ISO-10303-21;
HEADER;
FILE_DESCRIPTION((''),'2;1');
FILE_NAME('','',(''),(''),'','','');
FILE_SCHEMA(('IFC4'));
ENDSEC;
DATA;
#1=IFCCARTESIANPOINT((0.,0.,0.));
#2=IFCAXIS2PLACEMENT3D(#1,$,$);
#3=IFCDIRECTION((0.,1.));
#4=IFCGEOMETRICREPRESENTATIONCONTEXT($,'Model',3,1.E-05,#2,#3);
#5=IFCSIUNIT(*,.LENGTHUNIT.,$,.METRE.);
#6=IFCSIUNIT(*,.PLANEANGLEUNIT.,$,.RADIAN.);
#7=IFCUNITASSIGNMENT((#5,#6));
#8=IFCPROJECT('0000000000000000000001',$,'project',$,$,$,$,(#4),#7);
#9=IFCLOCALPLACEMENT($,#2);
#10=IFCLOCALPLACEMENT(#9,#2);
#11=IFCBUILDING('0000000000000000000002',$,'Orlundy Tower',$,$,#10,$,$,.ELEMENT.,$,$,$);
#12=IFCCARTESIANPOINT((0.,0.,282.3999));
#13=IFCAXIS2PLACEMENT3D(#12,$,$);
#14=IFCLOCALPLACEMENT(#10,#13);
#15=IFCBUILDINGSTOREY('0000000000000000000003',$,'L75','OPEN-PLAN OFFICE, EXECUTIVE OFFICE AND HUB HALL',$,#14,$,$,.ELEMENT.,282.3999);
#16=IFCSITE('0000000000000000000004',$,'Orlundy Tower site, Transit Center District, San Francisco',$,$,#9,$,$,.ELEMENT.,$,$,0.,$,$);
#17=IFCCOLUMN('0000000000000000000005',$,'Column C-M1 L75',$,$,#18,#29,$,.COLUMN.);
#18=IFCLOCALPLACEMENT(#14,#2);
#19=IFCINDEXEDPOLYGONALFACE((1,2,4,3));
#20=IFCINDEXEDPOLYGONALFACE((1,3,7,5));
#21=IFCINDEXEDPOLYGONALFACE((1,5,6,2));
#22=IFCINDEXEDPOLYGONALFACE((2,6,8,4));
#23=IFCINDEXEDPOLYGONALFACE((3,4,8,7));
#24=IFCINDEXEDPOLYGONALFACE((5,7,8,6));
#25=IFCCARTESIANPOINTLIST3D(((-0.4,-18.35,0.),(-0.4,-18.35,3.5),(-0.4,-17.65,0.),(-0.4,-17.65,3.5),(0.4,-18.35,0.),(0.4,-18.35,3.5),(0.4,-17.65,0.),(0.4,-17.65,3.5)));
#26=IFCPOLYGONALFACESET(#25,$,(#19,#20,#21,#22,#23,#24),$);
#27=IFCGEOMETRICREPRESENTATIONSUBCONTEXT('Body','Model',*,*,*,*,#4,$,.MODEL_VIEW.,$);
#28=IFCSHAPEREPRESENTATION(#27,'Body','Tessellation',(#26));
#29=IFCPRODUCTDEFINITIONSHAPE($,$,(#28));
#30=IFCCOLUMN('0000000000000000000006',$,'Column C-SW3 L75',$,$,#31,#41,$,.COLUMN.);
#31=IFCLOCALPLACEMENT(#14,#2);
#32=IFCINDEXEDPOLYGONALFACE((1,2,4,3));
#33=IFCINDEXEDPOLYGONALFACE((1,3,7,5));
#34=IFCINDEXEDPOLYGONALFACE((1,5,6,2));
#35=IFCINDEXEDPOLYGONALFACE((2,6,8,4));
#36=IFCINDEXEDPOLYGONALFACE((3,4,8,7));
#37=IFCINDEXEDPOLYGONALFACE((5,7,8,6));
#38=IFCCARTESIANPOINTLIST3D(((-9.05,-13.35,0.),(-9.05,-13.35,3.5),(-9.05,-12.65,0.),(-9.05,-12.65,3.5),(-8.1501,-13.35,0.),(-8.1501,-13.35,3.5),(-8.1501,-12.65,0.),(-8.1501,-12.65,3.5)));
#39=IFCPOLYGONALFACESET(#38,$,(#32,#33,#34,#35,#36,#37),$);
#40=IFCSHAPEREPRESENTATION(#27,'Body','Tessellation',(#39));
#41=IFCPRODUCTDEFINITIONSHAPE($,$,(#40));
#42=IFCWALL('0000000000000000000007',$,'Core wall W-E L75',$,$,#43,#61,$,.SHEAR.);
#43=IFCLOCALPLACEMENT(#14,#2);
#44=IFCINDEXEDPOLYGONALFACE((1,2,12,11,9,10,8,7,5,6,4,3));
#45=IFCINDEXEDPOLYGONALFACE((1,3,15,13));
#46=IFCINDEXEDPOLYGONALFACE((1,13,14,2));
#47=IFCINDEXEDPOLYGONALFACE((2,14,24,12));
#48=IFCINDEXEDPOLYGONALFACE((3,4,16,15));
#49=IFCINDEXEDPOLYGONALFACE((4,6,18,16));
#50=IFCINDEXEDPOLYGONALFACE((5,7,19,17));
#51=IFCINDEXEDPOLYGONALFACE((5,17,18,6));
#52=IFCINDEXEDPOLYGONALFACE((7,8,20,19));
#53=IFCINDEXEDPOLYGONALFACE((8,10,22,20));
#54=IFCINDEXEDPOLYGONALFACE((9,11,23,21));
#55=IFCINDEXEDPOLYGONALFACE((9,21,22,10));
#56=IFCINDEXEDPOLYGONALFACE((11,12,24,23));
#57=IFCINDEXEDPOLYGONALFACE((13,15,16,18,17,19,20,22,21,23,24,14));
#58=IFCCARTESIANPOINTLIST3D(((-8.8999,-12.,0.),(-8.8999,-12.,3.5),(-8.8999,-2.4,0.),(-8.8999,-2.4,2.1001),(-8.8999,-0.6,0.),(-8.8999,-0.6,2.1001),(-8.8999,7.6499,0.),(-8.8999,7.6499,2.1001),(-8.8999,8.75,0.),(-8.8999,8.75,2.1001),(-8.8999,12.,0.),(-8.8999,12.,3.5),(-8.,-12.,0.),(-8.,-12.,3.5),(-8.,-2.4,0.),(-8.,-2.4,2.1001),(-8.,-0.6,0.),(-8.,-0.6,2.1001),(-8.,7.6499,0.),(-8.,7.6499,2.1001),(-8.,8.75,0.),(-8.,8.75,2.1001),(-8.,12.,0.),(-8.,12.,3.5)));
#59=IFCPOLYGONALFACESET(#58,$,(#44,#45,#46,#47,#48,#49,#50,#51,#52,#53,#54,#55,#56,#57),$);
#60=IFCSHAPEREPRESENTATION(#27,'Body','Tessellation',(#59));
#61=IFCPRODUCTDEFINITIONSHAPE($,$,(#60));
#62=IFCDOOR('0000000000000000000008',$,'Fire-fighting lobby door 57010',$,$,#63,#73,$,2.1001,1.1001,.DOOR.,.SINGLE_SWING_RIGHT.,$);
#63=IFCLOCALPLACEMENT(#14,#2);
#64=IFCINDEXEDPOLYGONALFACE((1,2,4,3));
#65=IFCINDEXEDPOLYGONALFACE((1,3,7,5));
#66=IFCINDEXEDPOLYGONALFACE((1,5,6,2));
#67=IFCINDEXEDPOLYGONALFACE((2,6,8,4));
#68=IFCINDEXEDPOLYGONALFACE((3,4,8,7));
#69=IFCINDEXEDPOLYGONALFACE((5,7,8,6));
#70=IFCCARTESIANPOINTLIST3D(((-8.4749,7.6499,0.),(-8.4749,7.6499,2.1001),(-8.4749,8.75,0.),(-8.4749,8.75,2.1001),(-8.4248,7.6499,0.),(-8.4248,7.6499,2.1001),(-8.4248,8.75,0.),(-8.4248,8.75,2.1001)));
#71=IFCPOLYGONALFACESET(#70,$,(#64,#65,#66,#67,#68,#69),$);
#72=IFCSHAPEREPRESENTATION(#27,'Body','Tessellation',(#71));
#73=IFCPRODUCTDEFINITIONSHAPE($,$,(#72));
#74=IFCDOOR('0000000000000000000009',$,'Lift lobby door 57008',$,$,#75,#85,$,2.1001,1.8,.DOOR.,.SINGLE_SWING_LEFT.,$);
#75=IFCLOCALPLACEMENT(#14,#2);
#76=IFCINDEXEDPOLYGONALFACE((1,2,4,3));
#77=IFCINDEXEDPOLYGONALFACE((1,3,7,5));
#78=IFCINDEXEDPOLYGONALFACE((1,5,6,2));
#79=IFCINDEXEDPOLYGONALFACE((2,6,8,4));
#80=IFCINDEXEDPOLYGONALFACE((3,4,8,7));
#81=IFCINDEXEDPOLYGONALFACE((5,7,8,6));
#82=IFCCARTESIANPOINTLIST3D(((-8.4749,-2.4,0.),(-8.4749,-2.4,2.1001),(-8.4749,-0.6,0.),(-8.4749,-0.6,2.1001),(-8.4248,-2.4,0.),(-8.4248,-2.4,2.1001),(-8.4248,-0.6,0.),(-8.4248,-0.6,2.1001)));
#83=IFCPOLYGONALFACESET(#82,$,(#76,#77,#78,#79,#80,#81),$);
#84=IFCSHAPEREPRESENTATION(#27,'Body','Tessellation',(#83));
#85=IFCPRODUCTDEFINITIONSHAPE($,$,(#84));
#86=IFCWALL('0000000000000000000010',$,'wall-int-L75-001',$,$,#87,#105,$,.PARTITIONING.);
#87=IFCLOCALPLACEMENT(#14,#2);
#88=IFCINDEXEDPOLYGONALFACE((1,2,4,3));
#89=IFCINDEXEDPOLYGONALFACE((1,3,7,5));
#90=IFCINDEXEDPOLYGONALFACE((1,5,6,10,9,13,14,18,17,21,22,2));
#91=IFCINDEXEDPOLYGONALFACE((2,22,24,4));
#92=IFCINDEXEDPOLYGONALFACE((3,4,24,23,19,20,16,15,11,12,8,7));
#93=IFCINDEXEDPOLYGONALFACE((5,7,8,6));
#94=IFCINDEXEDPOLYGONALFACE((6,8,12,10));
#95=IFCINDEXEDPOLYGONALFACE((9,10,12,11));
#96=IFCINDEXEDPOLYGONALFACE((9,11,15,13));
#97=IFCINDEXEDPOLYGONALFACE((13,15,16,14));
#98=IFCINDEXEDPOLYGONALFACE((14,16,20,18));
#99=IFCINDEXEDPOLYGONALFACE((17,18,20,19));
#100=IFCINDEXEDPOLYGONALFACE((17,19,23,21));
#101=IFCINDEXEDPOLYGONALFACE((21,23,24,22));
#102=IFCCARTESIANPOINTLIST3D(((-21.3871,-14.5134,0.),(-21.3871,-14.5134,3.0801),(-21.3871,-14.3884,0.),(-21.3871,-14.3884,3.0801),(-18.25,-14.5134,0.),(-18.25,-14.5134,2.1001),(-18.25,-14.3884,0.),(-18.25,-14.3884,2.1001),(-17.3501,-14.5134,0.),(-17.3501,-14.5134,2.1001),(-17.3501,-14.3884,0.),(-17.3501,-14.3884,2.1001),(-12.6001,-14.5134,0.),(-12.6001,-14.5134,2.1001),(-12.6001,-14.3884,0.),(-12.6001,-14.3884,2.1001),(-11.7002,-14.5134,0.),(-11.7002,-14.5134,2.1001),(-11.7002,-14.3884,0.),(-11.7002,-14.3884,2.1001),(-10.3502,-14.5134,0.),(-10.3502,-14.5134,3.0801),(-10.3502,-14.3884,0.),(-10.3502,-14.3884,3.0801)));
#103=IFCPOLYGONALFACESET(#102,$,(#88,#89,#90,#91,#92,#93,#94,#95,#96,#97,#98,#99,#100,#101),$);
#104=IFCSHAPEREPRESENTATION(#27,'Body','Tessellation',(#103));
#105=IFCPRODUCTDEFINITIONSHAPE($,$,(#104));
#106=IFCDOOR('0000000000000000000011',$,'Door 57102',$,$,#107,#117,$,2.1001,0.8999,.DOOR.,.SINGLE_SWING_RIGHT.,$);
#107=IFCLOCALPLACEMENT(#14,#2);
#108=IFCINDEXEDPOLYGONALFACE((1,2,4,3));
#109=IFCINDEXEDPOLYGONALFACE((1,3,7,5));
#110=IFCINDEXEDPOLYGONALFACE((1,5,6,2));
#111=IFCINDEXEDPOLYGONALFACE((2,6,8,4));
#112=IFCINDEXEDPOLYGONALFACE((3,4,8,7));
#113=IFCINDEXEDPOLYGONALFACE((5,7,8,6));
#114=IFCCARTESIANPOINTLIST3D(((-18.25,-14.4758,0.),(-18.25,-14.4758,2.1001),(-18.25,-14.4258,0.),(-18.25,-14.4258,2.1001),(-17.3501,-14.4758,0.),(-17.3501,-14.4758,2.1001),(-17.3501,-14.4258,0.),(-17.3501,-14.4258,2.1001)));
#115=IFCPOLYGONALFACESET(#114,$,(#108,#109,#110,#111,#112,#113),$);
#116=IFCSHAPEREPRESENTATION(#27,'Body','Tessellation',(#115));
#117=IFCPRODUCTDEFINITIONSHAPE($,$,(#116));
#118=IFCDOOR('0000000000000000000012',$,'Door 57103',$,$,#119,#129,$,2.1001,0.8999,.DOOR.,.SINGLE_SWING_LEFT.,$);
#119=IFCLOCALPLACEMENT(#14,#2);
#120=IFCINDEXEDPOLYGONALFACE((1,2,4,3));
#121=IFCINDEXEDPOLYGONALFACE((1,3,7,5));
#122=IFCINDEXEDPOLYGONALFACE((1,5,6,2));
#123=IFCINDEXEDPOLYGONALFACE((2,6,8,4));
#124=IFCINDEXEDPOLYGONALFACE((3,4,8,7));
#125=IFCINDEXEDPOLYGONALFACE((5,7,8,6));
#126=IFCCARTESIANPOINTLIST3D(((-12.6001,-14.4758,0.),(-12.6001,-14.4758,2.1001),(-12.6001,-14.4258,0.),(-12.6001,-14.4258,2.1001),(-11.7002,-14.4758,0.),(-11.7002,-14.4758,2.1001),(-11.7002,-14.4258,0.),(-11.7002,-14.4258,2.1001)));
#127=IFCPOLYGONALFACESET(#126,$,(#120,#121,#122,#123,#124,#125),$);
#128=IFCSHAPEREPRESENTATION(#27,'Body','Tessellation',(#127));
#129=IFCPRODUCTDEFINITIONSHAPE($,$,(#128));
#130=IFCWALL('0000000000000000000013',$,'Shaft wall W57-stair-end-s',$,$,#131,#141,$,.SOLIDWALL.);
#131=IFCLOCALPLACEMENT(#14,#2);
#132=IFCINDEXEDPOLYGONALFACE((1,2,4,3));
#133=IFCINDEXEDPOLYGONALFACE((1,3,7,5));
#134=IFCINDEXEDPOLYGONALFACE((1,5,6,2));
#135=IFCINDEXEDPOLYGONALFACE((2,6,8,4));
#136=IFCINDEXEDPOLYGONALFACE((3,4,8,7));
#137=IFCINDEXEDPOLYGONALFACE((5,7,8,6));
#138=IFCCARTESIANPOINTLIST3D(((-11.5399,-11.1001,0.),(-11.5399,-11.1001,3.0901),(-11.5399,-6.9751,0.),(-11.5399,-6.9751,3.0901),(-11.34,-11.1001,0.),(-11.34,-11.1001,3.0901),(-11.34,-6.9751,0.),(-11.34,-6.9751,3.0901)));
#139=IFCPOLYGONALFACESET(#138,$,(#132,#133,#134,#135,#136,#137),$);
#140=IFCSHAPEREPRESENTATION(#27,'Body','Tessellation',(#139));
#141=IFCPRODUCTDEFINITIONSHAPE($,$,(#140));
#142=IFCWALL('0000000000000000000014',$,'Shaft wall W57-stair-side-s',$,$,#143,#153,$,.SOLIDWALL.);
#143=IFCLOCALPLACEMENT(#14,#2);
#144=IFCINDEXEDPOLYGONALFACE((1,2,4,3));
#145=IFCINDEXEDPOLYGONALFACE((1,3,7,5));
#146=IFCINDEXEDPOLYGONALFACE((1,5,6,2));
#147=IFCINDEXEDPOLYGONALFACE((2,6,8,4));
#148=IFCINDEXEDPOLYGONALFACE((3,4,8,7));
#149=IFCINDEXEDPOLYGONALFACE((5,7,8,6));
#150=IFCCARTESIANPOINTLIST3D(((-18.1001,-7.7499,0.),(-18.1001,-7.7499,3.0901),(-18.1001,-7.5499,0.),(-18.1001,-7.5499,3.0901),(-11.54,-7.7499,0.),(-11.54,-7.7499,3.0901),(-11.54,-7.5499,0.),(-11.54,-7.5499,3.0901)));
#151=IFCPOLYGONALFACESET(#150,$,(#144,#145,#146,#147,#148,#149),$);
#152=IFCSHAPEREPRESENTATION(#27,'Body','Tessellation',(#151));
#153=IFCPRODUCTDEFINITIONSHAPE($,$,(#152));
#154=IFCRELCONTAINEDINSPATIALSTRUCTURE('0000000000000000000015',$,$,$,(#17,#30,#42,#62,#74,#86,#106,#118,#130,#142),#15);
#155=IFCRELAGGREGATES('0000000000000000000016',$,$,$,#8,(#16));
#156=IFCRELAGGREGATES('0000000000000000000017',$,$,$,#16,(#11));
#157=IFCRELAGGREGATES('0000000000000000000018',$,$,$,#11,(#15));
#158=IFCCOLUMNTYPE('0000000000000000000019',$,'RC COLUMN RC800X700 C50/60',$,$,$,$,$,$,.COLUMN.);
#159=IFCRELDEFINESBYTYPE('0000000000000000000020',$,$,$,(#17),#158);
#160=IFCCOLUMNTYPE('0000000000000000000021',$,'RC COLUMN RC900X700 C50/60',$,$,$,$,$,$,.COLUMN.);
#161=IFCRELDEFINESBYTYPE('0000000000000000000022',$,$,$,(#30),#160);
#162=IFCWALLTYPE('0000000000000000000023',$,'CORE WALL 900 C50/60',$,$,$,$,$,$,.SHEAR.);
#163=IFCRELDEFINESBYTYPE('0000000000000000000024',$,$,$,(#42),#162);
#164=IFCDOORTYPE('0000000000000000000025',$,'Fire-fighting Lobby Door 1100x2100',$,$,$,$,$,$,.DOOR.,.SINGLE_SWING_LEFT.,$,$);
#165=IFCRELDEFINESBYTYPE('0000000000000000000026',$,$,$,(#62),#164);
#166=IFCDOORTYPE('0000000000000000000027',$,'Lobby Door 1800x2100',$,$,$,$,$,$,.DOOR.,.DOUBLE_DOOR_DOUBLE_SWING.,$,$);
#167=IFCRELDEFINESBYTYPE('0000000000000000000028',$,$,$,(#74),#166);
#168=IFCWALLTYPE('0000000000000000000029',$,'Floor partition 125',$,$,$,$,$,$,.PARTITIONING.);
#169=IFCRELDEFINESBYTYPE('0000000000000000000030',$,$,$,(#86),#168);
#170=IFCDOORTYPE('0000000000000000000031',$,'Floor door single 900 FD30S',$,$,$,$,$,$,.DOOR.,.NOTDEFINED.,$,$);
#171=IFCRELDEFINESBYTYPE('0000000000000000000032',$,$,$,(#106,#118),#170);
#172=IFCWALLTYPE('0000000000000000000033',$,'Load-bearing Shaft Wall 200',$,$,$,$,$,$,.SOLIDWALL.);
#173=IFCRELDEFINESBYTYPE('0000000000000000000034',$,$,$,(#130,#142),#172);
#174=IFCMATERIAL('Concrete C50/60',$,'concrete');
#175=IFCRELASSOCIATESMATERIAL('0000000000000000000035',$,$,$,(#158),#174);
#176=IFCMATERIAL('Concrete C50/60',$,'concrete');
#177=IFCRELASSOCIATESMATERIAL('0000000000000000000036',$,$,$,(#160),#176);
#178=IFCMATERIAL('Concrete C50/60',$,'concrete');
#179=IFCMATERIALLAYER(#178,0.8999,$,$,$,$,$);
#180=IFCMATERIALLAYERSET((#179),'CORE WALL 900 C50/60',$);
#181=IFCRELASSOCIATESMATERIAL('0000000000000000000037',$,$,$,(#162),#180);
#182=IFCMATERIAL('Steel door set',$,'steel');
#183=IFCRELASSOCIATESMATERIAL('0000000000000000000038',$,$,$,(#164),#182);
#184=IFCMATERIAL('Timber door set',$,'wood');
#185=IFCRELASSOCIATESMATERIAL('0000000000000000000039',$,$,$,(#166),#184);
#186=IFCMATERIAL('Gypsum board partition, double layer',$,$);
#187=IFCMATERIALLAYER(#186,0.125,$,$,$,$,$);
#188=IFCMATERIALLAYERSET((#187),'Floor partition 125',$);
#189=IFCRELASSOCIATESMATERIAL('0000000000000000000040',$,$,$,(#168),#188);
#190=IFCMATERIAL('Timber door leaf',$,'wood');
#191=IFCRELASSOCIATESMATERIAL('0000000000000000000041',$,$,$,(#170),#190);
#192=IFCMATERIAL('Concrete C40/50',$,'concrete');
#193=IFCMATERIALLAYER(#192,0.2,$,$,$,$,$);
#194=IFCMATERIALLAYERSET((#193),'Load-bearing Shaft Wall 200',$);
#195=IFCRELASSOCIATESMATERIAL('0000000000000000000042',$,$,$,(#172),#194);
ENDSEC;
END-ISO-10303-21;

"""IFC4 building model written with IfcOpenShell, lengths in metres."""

from ifc_helpers import new_model, si_unit, direction, frame, frame_2d, origin, origin_2d, place, context, subcontext, project, spatial, rectangle, extrude, material, layer, layer_set, material_profile, profile_set, type_object, element, fill, save


model = new_model("IFC4")

# Units and contexts
model_context = context("Model", 3, precision=1e-05, world=origin(), true_north=direction((0.0, 1.0)))
body_context = subcontext(model_context, "Body", "Model", "MODEL_VIEW")
ifc_project = project(units=[si_unit("LENGTHUNIT", "METRE"), si_unit("PLANEANGLEUNIT", "RADIAN")], contexts=[model_context])

# Site, building, storey
site_placement = place(None, origin())
site = spatial("IfcSite", under=ifc_project, at=site_placement, Name="Orlundy Tower site, Transit Center District, San Francisco", CompositionType="ELEMENT", RefElevation=0.0)
building_placement = place(site_placement, origin())
building = spatial("IfcBuilding", under=site, at=building_placement, Name="Orlundy Tower", CompositionType="ELEMENT")
storey_placement = place(building_placement, frame((0.0, 0.0, 282.3999)))
storey = spatial("IfcBuildingStorey", under=building, at=storey_placement, Name="L75", Description="OPEN-PLAN OFFICE, EXECUTIVE OFFICE AND HUB HALL", CompositionType="ELEMENT", Elevation=282.3999)

# Columns
ifc_material_1 = material(Name="Concrete C50/60", Category="concrete")
ifc_material_profile_1 = material_profile(ifc_material_1, rectangle(XDim=0.8, YDim=0.7, at=origin_2d()), Name="RC800X700")
ifc_profile_set_1 = profile_set([ifc_material_profile_1], Name="Concrete C50/60")
column_type_1 = type_object("IfcColumnType", Name="RC COLUMN RC800X700 C50/60", PredefinedType="COLUMN", material=ifc_profile_set_1)
column_1_placement = place(storey_placement, frame((0.0, -18.0, 0.0), z_axis=(0.0, 0.0, 1.0), x_axis=(1.0, 0.0, 0.0)))
element("IfcColumn", 1, at=column_1_placement, inside=storey, type_object=column_type_1, Name="Column C-M1 L75", PredefinedType="COLUMN", context=body_context, shape_type="SweptSolid", body=[
    extrude(rectangle(XDim=0.8, YDim=0.7, at=origin_2d()), origin(), (0.0, 0.0, 1.0), 3.5),
])
ifc_material_2 = material(Name="Concrete C50/60", Category="concrete")
ifc_material_profile_2 = material_profile(ifc_material_2, rectangle(XDim=0.8999, YDim=0.7, at=origin_2d()), Name="RC900X700")
ifc_profile_set_2 = profile_set([ifc_material_profile_2], Name="Concrete C50/60")
column_type_2 = type_object("IfcColumnType", Name="RC COLUMN RC900X700 C50/60", PredefinedType="COLUMN", material=ifc_profile_set_2)
column_2_placement = place(storey_placement, frame((-8.6001, -13.0, 0.0), z_axis=(0.0, 0.0, 1.0), x_axis=(1.0, 0.0, 0.0)))
element("IfcColumn", 2, at=column_2_placement, inside=storey, type_object=column_type_2, Name="Column C-SW3 L75", PredefinedType="COLUMN", context=body_context, shape_type="SweptSolid", body=[
    extrude(rectangle(XDim=0.8999, YDim=0.7, at=origin_2d()), origin(), (0.0, 0.0, 1.0), 3.5),
])

# Walls, openings, doors
ifc_material_3 = material(Name="Concrete C50/60", Category="concrete")
ifc_layer_1 = layer(ifc_material_3, 0.8999)
ifc_layer_set_1 = layer_set([ifc_layer_1], Name="CORE WALL 900 C50/60")
wall_type_1 = type_object("IfcWallType", Name="CORE WALL 900 C50/60", PredefinedType="SHEAR", material=ifc_layer_set_1)
wall_1_placement = place(storey_placement, frame((-8.45, -12.0, 0.0), z_axis=(0.0, 0.0, 1.0), x_axis=(0.0, 1.0, 0.0)))
wall_1 = element("IfcWall", 3, at=wall_1_placement, inside=storey, type_object=wall_type_1, Name="Core wall W-E L75", PredefinedType="SHEAR", context=body_context, shape_type="SweptSolid", body=[
    extrude(rectangle(XDim=24.0, YDim=0.8999, at=frame_2d((12.0, 0.0))), origin(), (0.0, 0.0, 1.0), 3.5),
])
opening_1_placement = place(wall_1_placement, frame((9.6001, 0.0, 0.0)))
opening_1 = element("IfcOpeningElement", 4, at=opening_1_placement, cuts=wall_1, PredefinedType="OPENING", context=body_context, shape_type="SweptSolid", body=[
    extrude(rectangle(XDim=1.8, YDim=2.1001, at=frame_2d((0.8999, 1.05))), frame((0.0, 0.46, 0.0), z_axis=(0.0, -1.0, 0.0), x_axis=(1.0, 0.0, 0.0)), (0.0, 0.0, 1.0), 0.9199),
])
opening_2_placement = place(wall_1_placement, frame((19.6499, 0.0, 0.0)))
opening_2 = element("IfcOpeningElement", 5, at=opening_2_placement, cuts=wall_1, PredefinedType="OPENING", context=body_context, shape_type="SweptSolid", body=[
    extrude(rectangle(XDim=1.1001, YDim=2.1001, at=frame_2d((0.55, 1.05))), frame((0.0, 0.46, 0.0), z_axis=(0.0, -1.0, 0.0), x_axis=(1.0, 0.0, 0.0)), (0.0, 0.0, 1.0), 0.9199),
])
ifc_material_4 = material(Name="Steel door set", Category="steel")
door_type_1 = type_object("IfcDoorType", Name="Fire-fighting Lobby Door 1100x2100", OperationType="SINGLE_SWING_LEFT", PredefinedType="DOOR", material=ifc_material_4)
door_1_placement = place(opening_2_placement, origin())
door_1 = element("IfcDoor", 6, at=door_1_placement, inside=storey, type_object=door_type_1, Name="Fire-fighting lobby door 57010", OperationType="SINGLE_SWING_RIGHT", OverallHeight=2.1001, OverallWidth=1.1001, PredefinedType="DOOR", context=body_context, shape_type="SweptSolid", body=[
    extrude(rectangle(XDim=1.1001, YDim=2.1001, at=frame_2d((0.55, 1.05))), frame((0.0, 0.0249, 0.0), z_axis=(0.0, -1.0, 0.0), x_axis=(1.0, 0.0, 0.0)), (0.0, 0.0, 1.0), 0.05),
])
fill(opening_2, door_1)
ifc_material_5 = material(Name="Timber door set", Category="wood")
door_type_2 = type_object("IfcDoorType", Name="Lobby Door 1800x2100", OperationType="DOUBLE_DOOR_DOUBLE_SWING", PredefinedType="DOOR", material=ifc_material_5)
door_2_placement = place(opening_1_placement, origin())
door_2 = element("IfcDoor", 7, at=door_2_placement, inside=storey, type_object=door_type_2, Name="Lift lobby door 57008", OperationType="SINGLE_SWING_LEFT", OverallHeight=2.1001, OverallWidth=1.8, PredefinedType="DOOR", context=body_context, shape_type="SweptSolid", body=[
    extrude(rectangle(XDim=1.8, YDim=2.1001, at=frame_2d((0.8999, 1.05))), frame((0.0, 0.0249, 0.0), z_axis=(0.0, -1.0, 0.0), x_axis=(1.0, 0.0, 0.0)), (0.0, 0.0, 1.0), 0.05),
])
fill(opening_1, door_2)
ifc_material_6 = material(Name="Gypsum board partition, double layer")
ifc_layer_2 = layer(ifc_material_6, 0.125)
ifc_layer_set_2 = layer_set([ifc_layer_2], Name="Floor partition 125")
wall_type_2 = type_object("IfcWallType", Name="Floor partition 125", PredefinedType="PARTITIONING", material=ifc_layer_set_2)
wall_2_placement = place(storey_placement, frame((-10.3501, -14.4509, 0.0), z_axis=(0.0, 0.0, 1.0), x_axis=(-1.0, 0.0, 0.0)))
wall_2 = element("IfcWall", 8, at=wall_2_placement, inside=storey, type_object=wall_type_2, Name="wall-int-L75-001", PredefinedType="PARTITIONING", context=body_context, shape_type="SweptSolid", body=[
    extrude(rectangle(XDim=11.0369, YDim=0.125, at=frame_2d((5.5186, 0.0))), origin(), (0.0, 0.0, 1.0), 3.0801),
])
opening_3_placement = place(wall_2_placement, frame((7.0, 0.0, 0.0)))
opening_3 = element("IfcOpeningElement", 9, at=opening_3_placement, cuts=wall_2, PredefinedType="OPENING", context=body_context, shape_type="SweptSolid", body=[
    extrude(rectangle(XDim=0.8999, YDim=2.1001, at=frame_2d((0.45, 1.05))), frame((0.0, 0.0725, 0.0), z_axis=(0.0, -1.0, 0.0), x_axis=(1.0, 0.0, 0.0)), (0.0, 0.0, 1.0), 0.145),
])
opening_4_placement = place(wall_2_placement, frame((1.3501, 0.0, 0.0)))
opening_4 = element("IfcOpeningElement", 10, at=opening_4_placement, cuts=wall_2, PredefinedType="OPENING", context=body_context, shape_type="SweptSolid", body=[
    extrude(rectangle(XDim=0.8999, YDim=2.1001, at=frame_2d((0.45, 1.05))), frame((0.0, 0.0725, 0.0), z_axis=(0.0, -1.0, 0.0), x_axis=(1.0, 0.0, 0.0)), (0.0, 0.0, 1.0), 0.145),
])
ifc_material_7 = material(Name="Timber door leaf", Category="wood")
door_type_3 = type_object("IfcDoorType", Name="Floor door single 900 FD30S", OperationType="NOTDEFINED", PredefinedType="DOOR", material=ifc_material_7)
door_3_placement = place(opening_3_placement, origin())
door_3 = element("IfcDoor", 11, at=door_3_placement, inside=storey, type_object=door_type_3, Name="Door 57102", OperationType="SINGLE_SWING_RIGHT", OverallHeight=2.1001, OverallWidth=0.8999, PredefinedType="DOOR", context=body_context, shape_type="SweptSolid", body=[
    extrude(rectangle(XDim=0.8999, YDim=2.1001, at=frame_2d((0.45, 1.05))), frame((0.0, 0.0249, 0.0), z_axis=(0.0, -1.0, 0.0), x_axis=(1.0, 0.0, 0.0)), (0.0, 0.0, 1.0), 0.05),
])
fill(opening_3, door_3)
door_4_placement = place(opening_4_placement, origin())
door_4 = element("IfcDoor", 12, at=door_4_placement, inside=storey, type_object=door_type_3, Name="Door 57103", OperationType="SINGLE_SWING_LEFT", OverallHeight=2.1001, OverallWidth=0.8999, PredefinedType="DOOR", context=body_context, shape_type="SweptSolid", body=[
    extrude(rectangle(XDim=0.8999, YDim=2.1001, at=frame_2d((0.45, 1.05))), frame((0.0, 0.0249, 0.0), z_axis=(0.0, -1.0, 0.0), x_axis=(1.0, 0.0, 0.0)), (0.0, 0.0, 1.0), 0.05),
])
fill(opening_4, door_4)

# Walls
ifc_material_8 = material(Name="Concrete C40/50", Category="concrete")
ifc_layer_3 = layer(ifc_material_8, 0.2)
ifc_layer_set_3 = layer_set([ifc_layer_3], Name="Load-bearing Shaft Wall 200")
wall_type_3 = type_object("IfcWallType", Name="Load-bearing Shaft Wall 200", PredefinedType="SOLIDWALL", material=ifc_layer_set_3)
wall_3_placement = place(storey_placement, frame((-11.4399, -11.1001, 0.0), z_axis=(0.0, 0.0, 1.0), x_axis=(0.0, 1.0, 0.0)))
element("IfcWall", 13, at=wall_3_placement, inside=storey, type_object=wall_type_3, Name="Shaft wall W57-stair-end-s", PredefinedType="SOLIDWALL", context=body_context, shape_type="SweptSolid", body=[
    extrude(rectangle(XDim=4.125, YDim=0.2, at=frame_2d((2.0625, 0.0))), origin(), (0.0, 0.0, 1.0), 3.0901),
])
wall_4_placement = place(storey_placement, frame((-11.54, -7.6499, 0.0), z_axis=(0.0, 0.0, 1.0), x_axis=(-1.0, 0.0, 0.0)))
element("IfcWall", 14, at=wall_4_placement, inside=storey, type_object=wall_type_3, Name="Shaft wall W57-stair-side-s", PredefinedType="SOLIDWALL", context=body_context, shape_type="SweptSolid", body=[
    extrude(rectangle(XDim=6.5601, YDim=0.2, at=frame_2d((3.28, 0.0))), origin(), (0.0, 0.0, 1.0), 3.0901),
])

save(model, "model.ifc")
